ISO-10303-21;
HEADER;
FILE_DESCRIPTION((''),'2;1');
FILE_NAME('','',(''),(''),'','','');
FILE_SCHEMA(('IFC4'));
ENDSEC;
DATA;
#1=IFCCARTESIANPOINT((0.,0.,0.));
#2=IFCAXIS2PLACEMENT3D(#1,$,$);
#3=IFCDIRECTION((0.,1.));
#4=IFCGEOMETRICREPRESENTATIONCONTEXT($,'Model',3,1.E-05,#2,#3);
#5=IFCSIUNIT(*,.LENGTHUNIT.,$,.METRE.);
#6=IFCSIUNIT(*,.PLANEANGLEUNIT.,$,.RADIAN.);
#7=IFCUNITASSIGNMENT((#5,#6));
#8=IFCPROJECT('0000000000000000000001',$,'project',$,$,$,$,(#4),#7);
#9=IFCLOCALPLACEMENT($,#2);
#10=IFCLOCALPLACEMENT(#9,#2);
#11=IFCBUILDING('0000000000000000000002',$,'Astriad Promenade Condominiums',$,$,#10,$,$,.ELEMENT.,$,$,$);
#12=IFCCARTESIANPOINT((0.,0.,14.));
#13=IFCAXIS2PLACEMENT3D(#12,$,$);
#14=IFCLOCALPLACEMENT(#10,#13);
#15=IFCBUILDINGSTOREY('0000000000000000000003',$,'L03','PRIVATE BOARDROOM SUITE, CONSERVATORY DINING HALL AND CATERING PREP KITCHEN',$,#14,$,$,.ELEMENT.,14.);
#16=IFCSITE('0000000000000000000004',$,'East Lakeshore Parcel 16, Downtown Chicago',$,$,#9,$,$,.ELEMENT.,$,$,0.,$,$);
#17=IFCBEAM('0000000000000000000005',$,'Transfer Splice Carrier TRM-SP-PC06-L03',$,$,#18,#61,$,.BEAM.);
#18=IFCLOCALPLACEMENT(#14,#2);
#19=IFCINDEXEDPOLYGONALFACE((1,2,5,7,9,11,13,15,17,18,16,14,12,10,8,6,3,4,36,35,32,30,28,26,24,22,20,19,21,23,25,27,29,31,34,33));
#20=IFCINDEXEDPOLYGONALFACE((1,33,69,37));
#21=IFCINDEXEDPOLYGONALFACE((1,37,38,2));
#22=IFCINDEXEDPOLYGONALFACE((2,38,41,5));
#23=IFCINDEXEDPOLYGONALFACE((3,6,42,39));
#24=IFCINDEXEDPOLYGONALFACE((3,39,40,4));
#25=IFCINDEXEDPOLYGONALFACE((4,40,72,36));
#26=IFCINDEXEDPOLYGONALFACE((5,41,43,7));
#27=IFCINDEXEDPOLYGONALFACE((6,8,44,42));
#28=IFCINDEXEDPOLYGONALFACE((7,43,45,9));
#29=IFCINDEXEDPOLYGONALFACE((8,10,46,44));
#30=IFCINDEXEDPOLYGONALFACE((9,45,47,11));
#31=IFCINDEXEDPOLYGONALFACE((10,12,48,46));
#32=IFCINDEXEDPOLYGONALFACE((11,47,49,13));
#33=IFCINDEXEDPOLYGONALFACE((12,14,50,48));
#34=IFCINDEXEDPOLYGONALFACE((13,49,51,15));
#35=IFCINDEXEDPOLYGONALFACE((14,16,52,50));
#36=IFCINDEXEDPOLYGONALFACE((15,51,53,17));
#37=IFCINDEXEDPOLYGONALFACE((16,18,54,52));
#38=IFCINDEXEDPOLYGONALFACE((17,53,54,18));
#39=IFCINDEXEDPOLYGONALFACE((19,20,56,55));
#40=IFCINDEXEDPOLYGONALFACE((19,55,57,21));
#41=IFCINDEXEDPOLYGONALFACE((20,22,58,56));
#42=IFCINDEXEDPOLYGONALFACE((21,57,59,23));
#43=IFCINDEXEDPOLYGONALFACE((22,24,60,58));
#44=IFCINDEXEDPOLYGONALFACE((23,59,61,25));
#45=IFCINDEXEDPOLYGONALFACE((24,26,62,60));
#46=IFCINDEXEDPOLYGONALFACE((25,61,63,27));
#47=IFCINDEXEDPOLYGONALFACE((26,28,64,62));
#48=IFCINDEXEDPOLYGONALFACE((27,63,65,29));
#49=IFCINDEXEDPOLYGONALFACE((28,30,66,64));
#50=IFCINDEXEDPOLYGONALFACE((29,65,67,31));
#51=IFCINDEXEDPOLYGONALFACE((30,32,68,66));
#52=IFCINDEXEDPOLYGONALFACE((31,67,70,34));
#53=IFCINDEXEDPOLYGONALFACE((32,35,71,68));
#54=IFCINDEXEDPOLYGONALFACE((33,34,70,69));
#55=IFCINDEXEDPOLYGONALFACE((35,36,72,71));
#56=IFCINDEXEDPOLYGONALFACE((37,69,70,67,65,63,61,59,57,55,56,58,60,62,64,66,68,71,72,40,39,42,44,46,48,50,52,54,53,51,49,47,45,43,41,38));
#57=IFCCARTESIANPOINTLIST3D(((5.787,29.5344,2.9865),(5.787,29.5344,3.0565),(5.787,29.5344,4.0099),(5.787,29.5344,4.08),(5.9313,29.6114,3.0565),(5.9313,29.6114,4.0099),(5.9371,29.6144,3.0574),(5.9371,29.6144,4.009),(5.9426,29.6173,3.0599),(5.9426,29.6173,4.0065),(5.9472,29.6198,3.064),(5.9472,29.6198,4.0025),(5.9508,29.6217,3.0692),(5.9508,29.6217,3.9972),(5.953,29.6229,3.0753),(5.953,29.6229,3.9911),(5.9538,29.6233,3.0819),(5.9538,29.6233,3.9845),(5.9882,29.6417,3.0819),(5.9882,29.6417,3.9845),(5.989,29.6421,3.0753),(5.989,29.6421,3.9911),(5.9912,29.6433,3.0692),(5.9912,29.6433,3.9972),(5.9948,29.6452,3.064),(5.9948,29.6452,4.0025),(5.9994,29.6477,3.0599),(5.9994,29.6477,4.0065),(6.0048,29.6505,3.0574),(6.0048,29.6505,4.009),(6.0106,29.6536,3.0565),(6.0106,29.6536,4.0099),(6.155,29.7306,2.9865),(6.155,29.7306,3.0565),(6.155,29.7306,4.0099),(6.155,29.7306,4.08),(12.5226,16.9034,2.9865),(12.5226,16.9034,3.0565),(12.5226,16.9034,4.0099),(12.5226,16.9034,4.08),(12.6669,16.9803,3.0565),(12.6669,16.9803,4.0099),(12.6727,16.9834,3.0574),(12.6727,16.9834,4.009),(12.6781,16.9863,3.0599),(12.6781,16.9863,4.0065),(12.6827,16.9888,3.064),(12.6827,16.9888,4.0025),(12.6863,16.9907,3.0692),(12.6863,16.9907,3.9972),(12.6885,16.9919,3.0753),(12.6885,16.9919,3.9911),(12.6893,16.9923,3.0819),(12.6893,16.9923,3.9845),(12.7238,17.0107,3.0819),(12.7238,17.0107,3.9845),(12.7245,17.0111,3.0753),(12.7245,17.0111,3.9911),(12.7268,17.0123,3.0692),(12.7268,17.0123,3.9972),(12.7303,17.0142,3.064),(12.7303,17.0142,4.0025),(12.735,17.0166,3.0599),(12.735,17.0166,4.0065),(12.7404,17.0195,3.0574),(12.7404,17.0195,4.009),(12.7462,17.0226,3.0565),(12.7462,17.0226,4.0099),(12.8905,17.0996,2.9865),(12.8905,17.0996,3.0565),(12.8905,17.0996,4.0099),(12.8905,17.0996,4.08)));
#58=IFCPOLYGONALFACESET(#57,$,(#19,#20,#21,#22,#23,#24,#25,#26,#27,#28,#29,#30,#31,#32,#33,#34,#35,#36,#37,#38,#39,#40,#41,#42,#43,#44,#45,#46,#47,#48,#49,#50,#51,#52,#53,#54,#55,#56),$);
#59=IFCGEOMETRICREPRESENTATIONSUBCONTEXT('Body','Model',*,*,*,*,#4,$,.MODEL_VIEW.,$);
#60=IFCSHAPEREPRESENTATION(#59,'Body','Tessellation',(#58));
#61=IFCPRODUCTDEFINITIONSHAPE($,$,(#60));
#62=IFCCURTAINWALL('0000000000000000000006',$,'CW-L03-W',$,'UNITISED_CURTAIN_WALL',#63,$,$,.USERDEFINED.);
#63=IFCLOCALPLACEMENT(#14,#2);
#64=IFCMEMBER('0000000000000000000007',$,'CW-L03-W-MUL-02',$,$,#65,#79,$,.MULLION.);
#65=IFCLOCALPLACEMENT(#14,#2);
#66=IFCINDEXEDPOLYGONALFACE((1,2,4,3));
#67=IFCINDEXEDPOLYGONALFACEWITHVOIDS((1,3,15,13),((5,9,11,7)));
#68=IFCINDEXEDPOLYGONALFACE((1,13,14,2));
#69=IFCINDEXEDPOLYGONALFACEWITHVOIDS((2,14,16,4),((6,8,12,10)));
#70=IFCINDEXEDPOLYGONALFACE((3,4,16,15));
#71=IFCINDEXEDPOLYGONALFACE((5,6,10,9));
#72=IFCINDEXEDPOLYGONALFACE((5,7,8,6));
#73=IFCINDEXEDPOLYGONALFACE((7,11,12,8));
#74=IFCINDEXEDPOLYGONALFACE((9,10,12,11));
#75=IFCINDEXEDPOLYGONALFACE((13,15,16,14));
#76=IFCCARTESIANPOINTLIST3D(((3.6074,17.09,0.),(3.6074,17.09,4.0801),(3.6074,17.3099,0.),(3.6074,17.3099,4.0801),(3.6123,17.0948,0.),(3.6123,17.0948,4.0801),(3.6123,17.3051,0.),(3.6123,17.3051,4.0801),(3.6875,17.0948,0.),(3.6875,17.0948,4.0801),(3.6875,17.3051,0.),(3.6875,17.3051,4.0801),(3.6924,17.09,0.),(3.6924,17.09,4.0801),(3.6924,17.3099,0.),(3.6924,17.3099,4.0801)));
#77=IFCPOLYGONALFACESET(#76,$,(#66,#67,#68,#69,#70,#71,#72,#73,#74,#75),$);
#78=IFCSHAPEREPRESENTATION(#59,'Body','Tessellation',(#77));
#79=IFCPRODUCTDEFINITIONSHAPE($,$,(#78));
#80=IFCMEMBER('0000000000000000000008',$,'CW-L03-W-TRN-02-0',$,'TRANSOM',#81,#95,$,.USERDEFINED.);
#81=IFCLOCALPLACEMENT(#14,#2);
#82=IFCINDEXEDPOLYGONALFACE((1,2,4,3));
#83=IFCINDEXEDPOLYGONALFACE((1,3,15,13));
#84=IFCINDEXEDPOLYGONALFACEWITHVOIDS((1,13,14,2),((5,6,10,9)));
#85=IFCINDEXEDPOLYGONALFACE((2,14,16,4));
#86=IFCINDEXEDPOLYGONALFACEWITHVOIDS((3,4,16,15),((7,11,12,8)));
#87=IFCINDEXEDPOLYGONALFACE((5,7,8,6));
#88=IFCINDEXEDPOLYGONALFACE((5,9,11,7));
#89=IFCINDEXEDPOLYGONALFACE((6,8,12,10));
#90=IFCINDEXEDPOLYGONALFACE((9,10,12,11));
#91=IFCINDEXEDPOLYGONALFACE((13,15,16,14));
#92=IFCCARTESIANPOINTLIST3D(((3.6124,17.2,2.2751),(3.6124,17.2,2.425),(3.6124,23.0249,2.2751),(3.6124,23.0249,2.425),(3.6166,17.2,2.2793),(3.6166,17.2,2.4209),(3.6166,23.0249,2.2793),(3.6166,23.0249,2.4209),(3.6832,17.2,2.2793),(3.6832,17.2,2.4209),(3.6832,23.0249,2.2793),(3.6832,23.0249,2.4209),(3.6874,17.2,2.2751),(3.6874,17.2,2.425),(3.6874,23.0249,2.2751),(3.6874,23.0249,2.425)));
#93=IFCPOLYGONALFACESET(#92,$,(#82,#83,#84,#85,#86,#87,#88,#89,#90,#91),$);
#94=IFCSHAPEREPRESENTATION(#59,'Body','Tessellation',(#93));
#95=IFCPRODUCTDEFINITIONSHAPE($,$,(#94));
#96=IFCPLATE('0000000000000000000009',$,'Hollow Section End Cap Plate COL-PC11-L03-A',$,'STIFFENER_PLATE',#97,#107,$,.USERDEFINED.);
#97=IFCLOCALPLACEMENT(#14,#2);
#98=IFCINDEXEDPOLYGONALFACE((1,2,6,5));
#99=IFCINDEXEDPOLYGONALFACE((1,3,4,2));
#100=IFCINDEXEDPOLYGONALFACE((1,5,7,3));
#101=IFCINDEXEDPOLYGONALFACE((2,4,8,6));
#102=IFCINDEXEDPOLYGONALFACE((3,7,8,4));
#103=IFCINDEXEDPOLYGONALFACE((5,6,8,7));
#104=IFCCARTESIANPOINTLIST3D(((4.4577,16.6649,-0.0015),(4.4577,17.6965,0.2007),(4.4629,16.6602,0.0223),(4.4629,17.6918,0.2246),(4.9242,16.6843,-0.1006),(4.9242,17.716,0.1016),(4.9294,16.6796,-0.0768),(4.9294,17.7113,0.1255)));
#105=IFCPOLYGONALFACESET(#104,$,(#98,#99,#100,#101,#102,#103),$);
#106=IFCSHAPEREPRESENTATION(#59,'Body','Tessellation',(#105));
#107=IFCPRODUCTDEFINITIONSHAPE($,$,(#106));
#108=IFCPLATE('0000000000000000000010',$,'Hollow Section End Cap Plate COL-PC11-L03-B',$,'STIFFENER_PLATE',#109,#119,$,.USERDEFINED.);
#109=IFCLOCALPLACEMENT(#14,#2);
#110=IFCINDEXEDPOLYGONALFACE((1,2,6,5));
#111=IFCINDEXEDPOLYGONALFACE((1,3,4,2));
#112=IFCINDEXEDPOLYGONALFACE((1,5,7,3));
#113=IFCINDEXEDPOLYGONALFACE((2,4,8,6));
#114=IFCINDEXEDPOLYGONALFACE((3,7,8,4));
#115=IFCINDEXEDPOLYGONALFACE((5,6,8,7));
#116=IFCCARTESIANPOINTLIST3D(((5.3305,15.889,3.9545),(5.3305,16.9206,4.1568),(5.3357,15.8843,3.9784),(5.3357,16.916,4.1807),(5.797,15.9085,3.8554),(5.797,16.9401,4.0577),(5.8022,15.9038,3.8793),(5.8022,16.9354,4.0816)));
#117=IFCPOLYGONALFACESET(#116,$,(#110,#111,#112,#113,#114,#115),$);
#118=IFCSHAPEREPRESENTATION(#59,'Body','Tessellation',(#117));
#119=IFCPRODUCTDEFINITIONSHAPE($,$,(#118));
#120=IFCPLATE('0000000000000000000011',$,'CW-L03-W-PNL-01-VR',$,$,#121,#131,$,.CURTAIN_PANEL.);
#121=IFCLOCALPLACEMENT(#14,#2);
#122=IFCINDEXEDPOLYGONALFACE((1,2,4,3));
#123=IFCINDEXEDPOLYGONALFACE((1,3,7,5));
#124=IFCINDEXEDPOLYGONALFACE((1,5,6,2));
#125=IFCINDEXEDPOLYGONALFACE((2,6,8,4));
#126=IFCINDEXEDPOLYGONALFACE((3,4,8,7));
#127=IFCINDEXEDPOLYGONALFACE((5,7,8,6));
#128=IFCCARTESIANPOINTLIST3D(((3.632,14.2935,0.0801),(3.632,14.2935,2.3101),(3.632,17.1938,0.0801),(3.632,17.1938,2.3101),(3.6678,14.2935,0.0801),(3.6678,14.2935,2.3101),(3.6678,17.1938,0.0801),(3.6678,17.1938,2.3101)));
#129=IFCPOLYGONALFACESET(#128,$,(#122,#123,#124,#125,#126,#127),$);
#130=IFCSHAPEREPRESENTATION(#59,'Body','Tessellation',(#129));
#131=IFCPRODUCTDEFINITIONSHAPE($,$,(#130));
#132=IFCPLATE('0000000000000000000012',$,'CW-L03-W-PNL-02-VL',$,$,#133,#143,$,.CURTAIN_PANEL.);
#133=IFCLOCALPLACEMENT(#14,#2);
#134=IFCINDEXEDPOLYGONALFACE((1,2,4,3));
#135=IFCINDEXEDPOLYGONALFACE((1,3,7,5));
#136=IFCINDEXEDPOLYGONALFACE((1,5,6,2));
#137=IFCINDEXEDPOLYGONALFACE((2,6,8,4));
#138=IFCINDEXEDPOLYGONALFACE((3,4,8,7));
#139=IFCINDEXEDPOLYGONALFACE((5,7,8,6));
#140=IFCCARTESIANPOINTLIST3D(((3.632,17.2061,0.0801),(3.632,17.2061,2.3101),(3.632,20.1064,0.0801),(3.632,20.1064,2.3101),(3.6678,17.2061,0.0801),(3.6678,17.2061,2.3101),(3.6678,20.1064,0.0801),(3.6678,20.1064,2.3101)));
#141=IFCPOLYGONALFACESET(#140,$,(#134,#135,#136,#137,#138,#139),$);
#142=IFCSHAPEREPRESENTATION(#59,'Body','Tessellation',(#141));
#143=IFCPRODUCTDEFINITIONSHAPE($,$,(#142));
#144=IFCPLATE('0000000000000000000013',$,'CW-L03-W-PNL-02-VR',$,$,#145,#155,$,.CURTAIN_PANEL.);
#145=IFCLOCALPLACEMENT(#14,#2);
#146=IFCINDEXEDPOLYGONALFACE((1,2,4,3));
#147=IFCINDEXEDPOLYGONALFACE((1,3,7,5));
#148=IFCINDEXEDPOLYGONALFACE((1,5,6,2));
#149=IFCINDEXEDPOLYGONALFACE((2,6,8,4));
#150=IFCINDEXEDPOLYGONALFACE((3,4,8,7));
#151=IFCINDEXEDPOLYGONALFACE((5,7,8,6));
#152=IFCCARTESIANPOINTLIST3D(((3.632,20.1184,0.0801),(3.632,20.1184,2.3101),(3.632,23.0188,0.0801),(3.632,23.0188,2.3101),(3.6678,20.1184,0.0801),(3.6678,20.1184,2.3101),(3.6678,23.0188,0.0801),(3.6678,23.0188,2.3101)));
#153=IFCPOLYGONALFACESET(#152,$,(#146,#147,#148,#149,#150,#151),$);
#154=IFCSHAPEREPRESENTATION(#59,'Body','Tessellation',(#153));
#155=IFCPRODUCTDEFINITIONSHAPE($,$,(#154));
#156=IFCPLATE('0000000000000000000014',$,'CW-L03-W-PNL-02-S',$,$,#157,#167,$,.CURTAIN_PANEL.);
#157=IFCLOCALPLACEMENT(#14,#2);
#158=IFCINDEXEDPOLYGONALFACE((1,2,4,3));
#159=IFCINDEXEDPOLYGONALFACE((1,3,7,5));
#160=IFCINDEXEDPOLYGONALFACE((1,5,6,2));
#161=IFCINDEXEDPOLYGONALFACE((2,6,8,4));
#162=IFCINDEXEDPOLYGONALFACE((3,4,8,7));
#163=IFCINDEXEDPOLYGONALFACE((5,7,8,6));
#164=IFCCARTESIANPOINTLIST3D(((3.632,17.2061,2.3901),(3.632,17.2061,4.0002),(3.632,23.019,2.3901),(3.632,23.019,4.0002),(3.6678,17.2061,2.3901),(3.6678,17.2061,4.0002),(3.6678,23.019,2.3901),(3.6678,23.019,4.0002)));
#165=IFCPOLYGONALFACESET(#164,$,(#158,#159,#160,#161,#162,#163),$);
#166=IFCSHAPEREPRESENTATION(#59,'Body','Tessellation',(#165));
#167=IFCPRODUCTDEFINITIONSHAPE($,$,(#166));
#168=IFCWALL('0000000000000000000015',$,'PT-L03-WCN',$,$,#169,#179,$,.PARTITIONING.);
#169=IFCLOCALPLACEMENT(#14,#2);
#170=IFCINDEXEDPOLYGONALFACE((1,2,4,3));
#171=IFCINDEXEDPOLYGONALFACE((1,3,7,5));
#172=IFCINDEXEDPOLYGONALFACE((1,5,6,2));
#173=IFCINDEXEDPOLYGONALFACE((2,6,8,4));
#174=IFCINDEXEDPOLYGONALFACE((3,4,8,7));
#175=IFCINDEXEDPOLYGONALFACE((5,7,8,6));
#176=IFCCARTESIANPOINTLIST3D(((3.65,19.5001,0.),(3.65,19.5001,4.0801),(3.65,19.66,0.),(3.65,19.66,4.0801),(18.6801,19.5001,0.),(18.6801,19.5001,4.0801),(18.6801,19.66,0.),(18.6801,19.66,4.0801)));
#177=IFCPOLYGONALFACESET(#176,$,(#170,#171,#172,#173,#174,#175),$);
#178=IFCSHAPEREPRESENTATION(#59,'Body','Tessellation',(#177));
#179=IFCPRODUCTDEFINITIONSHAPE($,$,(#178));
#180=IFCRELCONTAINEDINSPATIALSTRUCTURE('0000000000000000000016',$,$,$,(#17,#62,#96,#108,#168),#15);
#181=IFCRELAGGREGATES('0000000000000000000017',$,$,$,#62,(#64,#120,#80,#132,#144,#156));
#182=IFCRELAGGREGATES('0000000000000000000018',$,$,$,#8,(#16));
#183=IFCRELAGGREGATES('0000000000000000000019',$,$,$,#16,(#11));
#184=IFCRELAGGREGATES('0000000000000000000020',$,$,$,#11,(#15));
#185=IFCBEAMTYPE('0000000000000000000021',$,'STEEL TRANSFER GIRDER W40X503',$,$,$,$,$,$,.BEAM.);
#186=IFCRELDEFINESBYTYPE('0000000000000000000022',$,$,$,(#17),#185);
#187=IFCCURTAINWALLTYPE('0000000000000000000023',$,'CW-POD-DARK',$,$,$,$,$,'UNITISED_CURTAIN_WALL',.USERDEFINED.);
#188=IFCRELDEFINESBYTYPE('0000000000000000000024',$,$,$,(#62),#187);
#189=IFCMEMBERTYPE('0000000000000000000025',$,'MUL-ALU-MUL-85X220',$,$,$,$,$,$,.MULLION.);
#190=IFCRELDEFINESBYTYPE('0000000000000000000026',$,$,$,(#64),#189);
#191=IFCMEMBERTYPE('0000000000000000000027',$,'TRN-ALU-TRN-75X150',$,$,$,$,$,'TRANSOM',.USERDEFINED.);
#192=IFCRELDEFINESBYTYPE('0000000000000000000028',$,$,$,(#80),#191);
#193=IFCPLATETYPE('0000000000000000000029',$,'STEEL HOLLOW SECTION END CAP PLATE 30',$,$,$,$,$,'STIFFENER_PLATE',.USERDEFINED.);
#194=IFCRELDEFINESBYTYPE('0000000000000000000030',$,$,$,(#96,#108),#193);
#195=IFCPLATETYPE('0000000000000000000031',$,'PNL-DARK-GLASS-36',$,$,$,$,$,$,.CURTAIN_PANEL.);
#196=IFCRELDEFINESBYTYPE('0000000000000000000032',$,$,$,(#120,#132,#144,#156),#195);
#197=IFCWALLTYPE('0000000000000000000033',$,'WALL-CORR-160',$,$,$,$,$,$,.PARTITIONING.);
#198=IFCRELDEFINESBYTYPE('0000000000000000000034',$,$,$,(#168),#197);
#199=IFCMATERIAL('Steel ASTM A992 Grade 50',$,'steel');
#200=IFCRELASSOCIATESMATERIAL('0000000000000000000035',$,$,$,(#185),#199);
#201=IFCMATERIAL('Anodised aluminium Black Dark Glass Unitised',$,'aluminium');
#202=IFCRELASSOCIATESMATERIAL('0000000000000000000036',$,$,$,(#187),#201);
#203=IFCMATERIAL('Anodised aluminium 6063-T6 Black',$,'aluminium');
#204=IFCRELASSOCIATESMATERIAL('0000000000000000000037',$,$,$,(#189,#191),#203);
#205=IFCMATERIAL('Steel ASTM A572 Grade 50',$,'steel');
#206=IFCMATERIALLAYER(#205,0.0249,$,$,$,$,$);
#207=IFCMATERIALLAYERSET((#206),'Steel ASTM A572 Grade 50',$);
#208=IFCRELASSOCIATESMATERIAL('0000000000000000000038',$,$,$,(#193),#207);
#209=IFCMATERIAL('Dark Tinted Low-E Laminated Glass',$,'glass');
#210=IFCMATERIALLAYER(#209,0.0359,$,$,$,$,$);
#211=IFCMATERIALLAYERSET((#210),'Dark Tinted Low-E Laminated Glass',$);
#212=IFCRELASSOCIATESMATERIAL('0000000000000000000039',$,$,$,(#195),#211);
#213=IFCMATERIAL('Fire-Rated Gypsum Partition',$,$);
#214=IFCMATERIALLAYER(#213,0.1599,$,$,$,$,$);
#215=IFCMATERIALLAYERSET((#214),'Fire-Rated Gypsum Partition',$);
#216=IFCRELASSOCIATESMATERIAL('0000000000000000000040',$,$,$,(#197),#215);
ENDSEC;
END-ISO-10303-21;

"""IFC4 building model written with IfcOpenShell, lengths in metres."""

from ifc_helpers import new_model, si_unit, direction, frame, frame_2d, origin, origin_2d, place, context, subcontext, project, spatial, rectangle, hollow_rectangle, i_section, extrude, source, transform, mapped, material, layer, layer_set, material_profile, profile_set, type_object, type_shapes, element, aggregate, save


model = new_model("IFC4")

# Units and contexts
model_context = context("Model", 3, precision=1e-05, world=origin(), true_north=direction((0.0, 1.0)))
body_context = subcontext(model_context, "Body", "Model", "MODEL_VIEW")
ifc_project = project(units=[si_unit("LENGTHUNIT", "METRE"), si_unit("PLANEANGLEUNIT", "RADIAN")], contexts=[model_context])

# Site, building, storey
site_placement = place(None, origin())
site = spatial("IfcSite", under=ifc_project, at=site_placement, Name="East Lakeshore Parcel 16, Downtown Chicago", CompositionType="ELEMENT", RefElevation=0.0)
building_placement = place(site_placement, origin())
building = spatial("IfcBuilding", under=site, at=building_placement, Name="Astriad Promenade Condominiums", CompositionType="ELEMENT")
storey_placement = place(building_placement, frame((0.0, 0.0, 14.0)))
storey = spatial("IfcBuildingStorey", under=building, at=storey_placement, Name="L03", Description="PRIVATE BOARDROOM SUITE, CONSERVATORY DINING HALL AND CATERING PREP KITCHEN", CompositionType="ELEMENT", Elevation=14.0)

# Shared definitions
ifc_material_1 = material(Name="Steel ASTM A992 Grade 50", Category="steel")

# Beam
ifc_material_profile_1 = material_profile(ifc_material_1, i_section(OverallWidth=0.417, OverallDepth=1.0935, WebThickness=0.0391, FlangeThickness=0.0701, FilletRadius=0.0254, at=origin_2d()), Name="W40X503")
ifc_profile_set_1 = profile_set([ifc_material_profile_1], Name="Steel ASTM A992 Grade 50")
beam_type_1 = type_object("IfcBeamType", Name="STEEL TRANSFER GIRDER W40X503", PredefinedType="BEAM", material=ifc_profile_set_1)
shared_shape_1 = source(origin(), body_context, "Body", "SweptSolid", [
    extrude(i_section(OverallWidth=0.417, OverallDepth=1.0935, WebThickness=0.0391, FlangeThickness=0.0701, FilletRadius=0.0254, at=origin_2d()), origin(), (0.0, 0.0, 1.0), 14.3147),
])
type_shapes(beam_type_1, [shared_shape_1])
beam_1_placement = place(storey_placement, frame((12.7065, 17.0015, 3.5332), z_axis=(-0.470534, 0.882382, 0.0), x_axis=(-0.882382, -0.470534, 0.0)))
element("IfcBeam", 1, at=beam_1_placement, inside=storey, type_object=beam_type_1, Name="Transfer Splice Carrier TRM-SP-PC06-L03", PredefinedType="BEAM", context=body_context, shape_type="MappedRepresentation", body=[
    mapped(shared_shape_1, transform((0.0, 0.0, 0.0), scale=1.0)),
])

# Curtain wall, members
ifc_material_2 = material(Name="Anodised aluminium Black Dark Glass Unitised", Category="aluminium")
curtain_wall_type = type_object("IfcCurtainWallType", Name="CW-POD-DARK", ElementType="UNITISED_CURTAIN_WALL", PredefinedType="USERDEFINED", material=ifc_material_2)
curtain_wall_placement = place(storey_placement, origin())
curtain_wall = element("IfcCurtainWall", 2, at=curtain_wall_placement, inside=storey, type_object=curtain_wall_type, Name="CW-L03-W", ObjectType="UNITISED_CURTAIN_WALL", PredefinedType="USERDEFINED")
ifc_material_3 = material(Name="Anodised aluminium 6063-T6 Black", Category="aluminium")
ifc_material_profile_2 = material_profile(ifc_material_3, hollow_rectangle(XDim=0.085, YDim=0.22, WallThickness=0.0049, at=origin_2d()), Name="ALU-MUL-85X220")
ifc_profile_set_2 = profile_set([ifc_material_profile_2], Name="Anodised aluminium 6063-T6 Black")
member_type_1 = type_object("IfcMemberType", Name="MUL-ALU-MUL-85X220", PredefinedType="MULLION", material=ifc_profile_set_2)
shared_shape_2 = source(origin(), body_context, "Body", "SweptSolid", [
    extrude(hollow_rectangle(XDim=0.085, YDim=0.22, WallThickness=0.0049, at=origin_2d()), origin(), (0.0, 0.0, 1.0), 4.0801),
])
type_shapes(member_type_1, [shared_shape_2])
member_1_placement = place(storey_placement, frame((3.6499, 17.2, 0.0), z_axis=(0.0, 0.0, 1.0), x_axis=(1.0, 0.0, 0.0)))
member_1 = element("IfcMember", 3, at=member_1_placement, type_object=member_type_1, Name="CW-L03-W-MUL-02", PredefinedType="MULLION", context=body_context, shape_type="MappedRepresentation", body=[
    mapped(shared_shape_2, transform((0.0, 0.0, 0.0), scale=1.0)),
])
ifc_material_profile_3 = material_profile(ifc_material_3, hollow_rectangle(XDim=0.075, YDim=0.1499, WallThickness=0.0042, at=origin_2d()), Name="ALU-TRN-75X150")
ifc_profile_set_3 = profile_set([ifc_material_profile_3], Name="Anodised aluminium 6063-T6 Black")
member_type_2 = type_object("IfcMemberType", Name="TRN-ALU-TRN-75X150", ElementType="TRANSOM", PredefinedType="USERDEFINED", material=ifc_profile_set_3)
shared_shape_3 = source(origin(), body_context, "Body", "SweptSolid", [
    extrude(hollow_rectangle(XDim=0.075, YDim=0.1499, WallThickness=0.0042, at=origin_2d()), origin(), (0.0, 0.0, 1.0), 5.825),
])
type_shapes(member_type_2, [shared_shape_3])
member_2_placement = place(storey_placement, frame((3.6499, 17.2, 2.3501), z_axis=(0.0, 1.0, 0.0), x_axis=(-1.0, 0.0, 0.0)))
member_2 = element("IfcMember", 4, at=member_2_placement, type_object=member_type_2, Name="CW-L03-W-TRN-02-0", ObjectType="TRANSOM", PredefinedType="USERDEFINED", context=body_context, shape_type="MappedRepresentation", body=[
    mapped(shared_shape_3, transform((0.0, 0.0, 0.0), scale=1.0)),
])

# Plates
ifc_material_4 = material(Name="Steel ASTM A572 Grade 50", Category="steel")
ifc_layer_1 = layer(ifc_material_4, 0.0249)
ifc_layer_set_1 = layer_set([ifc_layer_1], Name="Steel ASTM A572 Grade 50")
plate_type_1 = type_object("IfcPlateType", Name="STEEL HOLLOW SECTION END CAP PLATE 30", ElementType="STIFFENER_PLATE", PredefinedType="USERDEFINED", material=ifc_layer_set_1)
shared_shape_4 = source(origin(), body_context, "Body", "SweptSolid", [
    extrude(rectangle(XDim=0.4773, YDim=1.0513, at=origin_2d()), origin(), (0.0, 0.0, 1.0), 0.0249),
])
type_shapes(plate_type_1, [shared_shape_4])
for number, where, z_axis, x_axis, name in (
    (5, (4.6909, 17.1904, 0.05), (0.211567, -0.188054, 0.959101), (1.0, 0.0, 0.0), "Hollow Section End Cap Plate COL-PC11-L03-A"),
    (6, (5.5637, 16.4146, 4.0061), (0.211567, -0.188054, 0.959101), (1.0, 0.0, 0.0), "Hollow Section End Cap Plate COL-PC11-L03-B"),
):
    element("IfcPlate", number, at=place(storey_placement, frame(where, z_axis=z_axis, x_axis=x_axis)), inside=storey, type_object=plate_type_1, Name=name, ObjectType="STIFFENER_PLATE", PredefinedType="USERDEFINED", context=body_context, shape_type="MappedRepresentation", body=[
        mapped(shared_shape_4, transform((0.0, 0.0, 0.0), scale=1.0)),
    ])

# Plates
ifc_material_5 = material(Name="Dark Tinted Low-E Laminated Glass", Category="glass")
ifc_layer_2 = layer(ifc_material_5, 0.0359)
ifc_layer_set_2 = layer_set([ifc_layer_2], Name="Dark Tinted Low-E Laminated Glass")
plate_type_2 = type_object("IfcPlateType", Name="PNL-DARK-GLASS-36", PredefinedType="CURTAIN_PANEL", material=ifc_layer_set_2)
shared_shape_5 = source(origin(), body_context, "Body", "SweptSolid", [
    extrude(rectangle(XDim=2.9004, YDim=0.0359, at=origin_2d()), origin(), (0.0, 0.0, 1.0), 2.23),
])
plate_1_placement = place(storey_placement, frame((3.6499, 15.7437, 0.0801), z_axis=(0.0, 0.0, 1.0), x_axis=(0.0, 1.0, 0.0)))
plate_1 = element("IfcPlate", 7, at=plate_1_placement, type_object=plate_type_2, Name="CW-L03-W-PNL-01-VR", PredefinedType="CURTAIN_PANEL", context=body_context, shape_type="MappedRepresentation", body=[
    mapped(shared_shape_5, transform((0.0, 0.0, 0.0), scale=1.0)),
])
plate_2_placement = place(storey_placement, frame((3.6499, 18.6562, 0.0801), z_axis=(0.0, 0.0, 1.0), x_axis=(0.0, 1.0, 0.0)))
plate_2 = element("IfcPlate", 8, at=plate_2_placement, type_object=plate_type_2, Name="CW-L03-W-PNL-02-VL", PredefinedType="CURTAIN_PANEL", context=body_context, shape_type="MappedRepresentation", body=[
    mapped(shared_shape_5, transform((0.0, 0.0, 0.0), scale=1.0)),
])
plate_3_placement = place(storey_placement, frame((3.6499, 21.5686, 0.0801), z_axis=(0.0, 0.0, 1.0), x_axis=(0.0, 1.0, 0.0)))
plate_3 = element("IfcPlate", 9, at=plate_3_placement, type_object=plate_type_2, Name="CW-L03-W-PNL-02-VR", PredefinedType="CURTAIN_PANEL", context=body_context, shape_type="MappedRepresentation", body=[
    mapped(shared_shape_5, transform((0.0, 0.0, 0.0), scale=1.0)),
])
shared_shape_6 = source(origin(), body_context, "Body", "SweptSolid", [
    extrude(rectangle(XDim=5.813, YDim=0.0359, at=origin_2d()), origin(), (0.0, 0.0, 1.0), 1.6101),
])
type_shapes(plate_type_2, [shared_shape_5, shared_shape_6])
plate_4_placement = place(storey_placement, frame((3.6499, 20.1125, 2.3901), z_axis=(0.0, 0.0, 1.0), x_axis=(0.0, 1.0, 0.0)))
plate_4 = element("IfcPlate", 10, at=plate_4_placement, type_object=plate_type_2, Name="CW-L03-W-PNL-02-S", PredefinedType="CURTAIN_PANEL", context=body_context, shape_type="MappedRepresentation", body=[
    mapped(shared_shape_6, transform((0.0, 0.0, 0.0), scale=1.0)),
])
aggregate(curtain_wall, [member_1, plate_1, member_2, plate_2, plate_3, plate_4])

# Wall
ifc_material_6 = material(Name="Fire-Rated Gypsum Partition")
ifc_layer_3 = layer(ifc_material_6, 0.1599)
ifc_layer_set_3 = layer_set([ifc_layer_3], Name="Fire-Rated Gypsum Partition")
wall_type_1 = type_object("IfcWallType", Name="WALL-CORR-160", PredefinedType="PARTITIONING", material=ifc_layer_set_3)
wall_1_placement = place(storey_placement, frame((3.6499, 19.5801, 0.0), z_axis=(0.0, 0.0, 1.0), x_axis=(1.0, 0.0, 0.0)))
element("IfcWall", 11, at=wall_1_placement, inside=storey, type_object=wall_type_1, Name="PT-L03-WCN", PredefinedType="PARTITIONING", context=body_context, shape_type="SweptSolid", body=[
    extrude(rectangle(XDim=15.03, YDim=0.1599, at=frame_2d((7.5151, 0.0))), origin(), (0.0, 0.0, 1.0), 4.0801),
])

save(model, "model.ifc")
